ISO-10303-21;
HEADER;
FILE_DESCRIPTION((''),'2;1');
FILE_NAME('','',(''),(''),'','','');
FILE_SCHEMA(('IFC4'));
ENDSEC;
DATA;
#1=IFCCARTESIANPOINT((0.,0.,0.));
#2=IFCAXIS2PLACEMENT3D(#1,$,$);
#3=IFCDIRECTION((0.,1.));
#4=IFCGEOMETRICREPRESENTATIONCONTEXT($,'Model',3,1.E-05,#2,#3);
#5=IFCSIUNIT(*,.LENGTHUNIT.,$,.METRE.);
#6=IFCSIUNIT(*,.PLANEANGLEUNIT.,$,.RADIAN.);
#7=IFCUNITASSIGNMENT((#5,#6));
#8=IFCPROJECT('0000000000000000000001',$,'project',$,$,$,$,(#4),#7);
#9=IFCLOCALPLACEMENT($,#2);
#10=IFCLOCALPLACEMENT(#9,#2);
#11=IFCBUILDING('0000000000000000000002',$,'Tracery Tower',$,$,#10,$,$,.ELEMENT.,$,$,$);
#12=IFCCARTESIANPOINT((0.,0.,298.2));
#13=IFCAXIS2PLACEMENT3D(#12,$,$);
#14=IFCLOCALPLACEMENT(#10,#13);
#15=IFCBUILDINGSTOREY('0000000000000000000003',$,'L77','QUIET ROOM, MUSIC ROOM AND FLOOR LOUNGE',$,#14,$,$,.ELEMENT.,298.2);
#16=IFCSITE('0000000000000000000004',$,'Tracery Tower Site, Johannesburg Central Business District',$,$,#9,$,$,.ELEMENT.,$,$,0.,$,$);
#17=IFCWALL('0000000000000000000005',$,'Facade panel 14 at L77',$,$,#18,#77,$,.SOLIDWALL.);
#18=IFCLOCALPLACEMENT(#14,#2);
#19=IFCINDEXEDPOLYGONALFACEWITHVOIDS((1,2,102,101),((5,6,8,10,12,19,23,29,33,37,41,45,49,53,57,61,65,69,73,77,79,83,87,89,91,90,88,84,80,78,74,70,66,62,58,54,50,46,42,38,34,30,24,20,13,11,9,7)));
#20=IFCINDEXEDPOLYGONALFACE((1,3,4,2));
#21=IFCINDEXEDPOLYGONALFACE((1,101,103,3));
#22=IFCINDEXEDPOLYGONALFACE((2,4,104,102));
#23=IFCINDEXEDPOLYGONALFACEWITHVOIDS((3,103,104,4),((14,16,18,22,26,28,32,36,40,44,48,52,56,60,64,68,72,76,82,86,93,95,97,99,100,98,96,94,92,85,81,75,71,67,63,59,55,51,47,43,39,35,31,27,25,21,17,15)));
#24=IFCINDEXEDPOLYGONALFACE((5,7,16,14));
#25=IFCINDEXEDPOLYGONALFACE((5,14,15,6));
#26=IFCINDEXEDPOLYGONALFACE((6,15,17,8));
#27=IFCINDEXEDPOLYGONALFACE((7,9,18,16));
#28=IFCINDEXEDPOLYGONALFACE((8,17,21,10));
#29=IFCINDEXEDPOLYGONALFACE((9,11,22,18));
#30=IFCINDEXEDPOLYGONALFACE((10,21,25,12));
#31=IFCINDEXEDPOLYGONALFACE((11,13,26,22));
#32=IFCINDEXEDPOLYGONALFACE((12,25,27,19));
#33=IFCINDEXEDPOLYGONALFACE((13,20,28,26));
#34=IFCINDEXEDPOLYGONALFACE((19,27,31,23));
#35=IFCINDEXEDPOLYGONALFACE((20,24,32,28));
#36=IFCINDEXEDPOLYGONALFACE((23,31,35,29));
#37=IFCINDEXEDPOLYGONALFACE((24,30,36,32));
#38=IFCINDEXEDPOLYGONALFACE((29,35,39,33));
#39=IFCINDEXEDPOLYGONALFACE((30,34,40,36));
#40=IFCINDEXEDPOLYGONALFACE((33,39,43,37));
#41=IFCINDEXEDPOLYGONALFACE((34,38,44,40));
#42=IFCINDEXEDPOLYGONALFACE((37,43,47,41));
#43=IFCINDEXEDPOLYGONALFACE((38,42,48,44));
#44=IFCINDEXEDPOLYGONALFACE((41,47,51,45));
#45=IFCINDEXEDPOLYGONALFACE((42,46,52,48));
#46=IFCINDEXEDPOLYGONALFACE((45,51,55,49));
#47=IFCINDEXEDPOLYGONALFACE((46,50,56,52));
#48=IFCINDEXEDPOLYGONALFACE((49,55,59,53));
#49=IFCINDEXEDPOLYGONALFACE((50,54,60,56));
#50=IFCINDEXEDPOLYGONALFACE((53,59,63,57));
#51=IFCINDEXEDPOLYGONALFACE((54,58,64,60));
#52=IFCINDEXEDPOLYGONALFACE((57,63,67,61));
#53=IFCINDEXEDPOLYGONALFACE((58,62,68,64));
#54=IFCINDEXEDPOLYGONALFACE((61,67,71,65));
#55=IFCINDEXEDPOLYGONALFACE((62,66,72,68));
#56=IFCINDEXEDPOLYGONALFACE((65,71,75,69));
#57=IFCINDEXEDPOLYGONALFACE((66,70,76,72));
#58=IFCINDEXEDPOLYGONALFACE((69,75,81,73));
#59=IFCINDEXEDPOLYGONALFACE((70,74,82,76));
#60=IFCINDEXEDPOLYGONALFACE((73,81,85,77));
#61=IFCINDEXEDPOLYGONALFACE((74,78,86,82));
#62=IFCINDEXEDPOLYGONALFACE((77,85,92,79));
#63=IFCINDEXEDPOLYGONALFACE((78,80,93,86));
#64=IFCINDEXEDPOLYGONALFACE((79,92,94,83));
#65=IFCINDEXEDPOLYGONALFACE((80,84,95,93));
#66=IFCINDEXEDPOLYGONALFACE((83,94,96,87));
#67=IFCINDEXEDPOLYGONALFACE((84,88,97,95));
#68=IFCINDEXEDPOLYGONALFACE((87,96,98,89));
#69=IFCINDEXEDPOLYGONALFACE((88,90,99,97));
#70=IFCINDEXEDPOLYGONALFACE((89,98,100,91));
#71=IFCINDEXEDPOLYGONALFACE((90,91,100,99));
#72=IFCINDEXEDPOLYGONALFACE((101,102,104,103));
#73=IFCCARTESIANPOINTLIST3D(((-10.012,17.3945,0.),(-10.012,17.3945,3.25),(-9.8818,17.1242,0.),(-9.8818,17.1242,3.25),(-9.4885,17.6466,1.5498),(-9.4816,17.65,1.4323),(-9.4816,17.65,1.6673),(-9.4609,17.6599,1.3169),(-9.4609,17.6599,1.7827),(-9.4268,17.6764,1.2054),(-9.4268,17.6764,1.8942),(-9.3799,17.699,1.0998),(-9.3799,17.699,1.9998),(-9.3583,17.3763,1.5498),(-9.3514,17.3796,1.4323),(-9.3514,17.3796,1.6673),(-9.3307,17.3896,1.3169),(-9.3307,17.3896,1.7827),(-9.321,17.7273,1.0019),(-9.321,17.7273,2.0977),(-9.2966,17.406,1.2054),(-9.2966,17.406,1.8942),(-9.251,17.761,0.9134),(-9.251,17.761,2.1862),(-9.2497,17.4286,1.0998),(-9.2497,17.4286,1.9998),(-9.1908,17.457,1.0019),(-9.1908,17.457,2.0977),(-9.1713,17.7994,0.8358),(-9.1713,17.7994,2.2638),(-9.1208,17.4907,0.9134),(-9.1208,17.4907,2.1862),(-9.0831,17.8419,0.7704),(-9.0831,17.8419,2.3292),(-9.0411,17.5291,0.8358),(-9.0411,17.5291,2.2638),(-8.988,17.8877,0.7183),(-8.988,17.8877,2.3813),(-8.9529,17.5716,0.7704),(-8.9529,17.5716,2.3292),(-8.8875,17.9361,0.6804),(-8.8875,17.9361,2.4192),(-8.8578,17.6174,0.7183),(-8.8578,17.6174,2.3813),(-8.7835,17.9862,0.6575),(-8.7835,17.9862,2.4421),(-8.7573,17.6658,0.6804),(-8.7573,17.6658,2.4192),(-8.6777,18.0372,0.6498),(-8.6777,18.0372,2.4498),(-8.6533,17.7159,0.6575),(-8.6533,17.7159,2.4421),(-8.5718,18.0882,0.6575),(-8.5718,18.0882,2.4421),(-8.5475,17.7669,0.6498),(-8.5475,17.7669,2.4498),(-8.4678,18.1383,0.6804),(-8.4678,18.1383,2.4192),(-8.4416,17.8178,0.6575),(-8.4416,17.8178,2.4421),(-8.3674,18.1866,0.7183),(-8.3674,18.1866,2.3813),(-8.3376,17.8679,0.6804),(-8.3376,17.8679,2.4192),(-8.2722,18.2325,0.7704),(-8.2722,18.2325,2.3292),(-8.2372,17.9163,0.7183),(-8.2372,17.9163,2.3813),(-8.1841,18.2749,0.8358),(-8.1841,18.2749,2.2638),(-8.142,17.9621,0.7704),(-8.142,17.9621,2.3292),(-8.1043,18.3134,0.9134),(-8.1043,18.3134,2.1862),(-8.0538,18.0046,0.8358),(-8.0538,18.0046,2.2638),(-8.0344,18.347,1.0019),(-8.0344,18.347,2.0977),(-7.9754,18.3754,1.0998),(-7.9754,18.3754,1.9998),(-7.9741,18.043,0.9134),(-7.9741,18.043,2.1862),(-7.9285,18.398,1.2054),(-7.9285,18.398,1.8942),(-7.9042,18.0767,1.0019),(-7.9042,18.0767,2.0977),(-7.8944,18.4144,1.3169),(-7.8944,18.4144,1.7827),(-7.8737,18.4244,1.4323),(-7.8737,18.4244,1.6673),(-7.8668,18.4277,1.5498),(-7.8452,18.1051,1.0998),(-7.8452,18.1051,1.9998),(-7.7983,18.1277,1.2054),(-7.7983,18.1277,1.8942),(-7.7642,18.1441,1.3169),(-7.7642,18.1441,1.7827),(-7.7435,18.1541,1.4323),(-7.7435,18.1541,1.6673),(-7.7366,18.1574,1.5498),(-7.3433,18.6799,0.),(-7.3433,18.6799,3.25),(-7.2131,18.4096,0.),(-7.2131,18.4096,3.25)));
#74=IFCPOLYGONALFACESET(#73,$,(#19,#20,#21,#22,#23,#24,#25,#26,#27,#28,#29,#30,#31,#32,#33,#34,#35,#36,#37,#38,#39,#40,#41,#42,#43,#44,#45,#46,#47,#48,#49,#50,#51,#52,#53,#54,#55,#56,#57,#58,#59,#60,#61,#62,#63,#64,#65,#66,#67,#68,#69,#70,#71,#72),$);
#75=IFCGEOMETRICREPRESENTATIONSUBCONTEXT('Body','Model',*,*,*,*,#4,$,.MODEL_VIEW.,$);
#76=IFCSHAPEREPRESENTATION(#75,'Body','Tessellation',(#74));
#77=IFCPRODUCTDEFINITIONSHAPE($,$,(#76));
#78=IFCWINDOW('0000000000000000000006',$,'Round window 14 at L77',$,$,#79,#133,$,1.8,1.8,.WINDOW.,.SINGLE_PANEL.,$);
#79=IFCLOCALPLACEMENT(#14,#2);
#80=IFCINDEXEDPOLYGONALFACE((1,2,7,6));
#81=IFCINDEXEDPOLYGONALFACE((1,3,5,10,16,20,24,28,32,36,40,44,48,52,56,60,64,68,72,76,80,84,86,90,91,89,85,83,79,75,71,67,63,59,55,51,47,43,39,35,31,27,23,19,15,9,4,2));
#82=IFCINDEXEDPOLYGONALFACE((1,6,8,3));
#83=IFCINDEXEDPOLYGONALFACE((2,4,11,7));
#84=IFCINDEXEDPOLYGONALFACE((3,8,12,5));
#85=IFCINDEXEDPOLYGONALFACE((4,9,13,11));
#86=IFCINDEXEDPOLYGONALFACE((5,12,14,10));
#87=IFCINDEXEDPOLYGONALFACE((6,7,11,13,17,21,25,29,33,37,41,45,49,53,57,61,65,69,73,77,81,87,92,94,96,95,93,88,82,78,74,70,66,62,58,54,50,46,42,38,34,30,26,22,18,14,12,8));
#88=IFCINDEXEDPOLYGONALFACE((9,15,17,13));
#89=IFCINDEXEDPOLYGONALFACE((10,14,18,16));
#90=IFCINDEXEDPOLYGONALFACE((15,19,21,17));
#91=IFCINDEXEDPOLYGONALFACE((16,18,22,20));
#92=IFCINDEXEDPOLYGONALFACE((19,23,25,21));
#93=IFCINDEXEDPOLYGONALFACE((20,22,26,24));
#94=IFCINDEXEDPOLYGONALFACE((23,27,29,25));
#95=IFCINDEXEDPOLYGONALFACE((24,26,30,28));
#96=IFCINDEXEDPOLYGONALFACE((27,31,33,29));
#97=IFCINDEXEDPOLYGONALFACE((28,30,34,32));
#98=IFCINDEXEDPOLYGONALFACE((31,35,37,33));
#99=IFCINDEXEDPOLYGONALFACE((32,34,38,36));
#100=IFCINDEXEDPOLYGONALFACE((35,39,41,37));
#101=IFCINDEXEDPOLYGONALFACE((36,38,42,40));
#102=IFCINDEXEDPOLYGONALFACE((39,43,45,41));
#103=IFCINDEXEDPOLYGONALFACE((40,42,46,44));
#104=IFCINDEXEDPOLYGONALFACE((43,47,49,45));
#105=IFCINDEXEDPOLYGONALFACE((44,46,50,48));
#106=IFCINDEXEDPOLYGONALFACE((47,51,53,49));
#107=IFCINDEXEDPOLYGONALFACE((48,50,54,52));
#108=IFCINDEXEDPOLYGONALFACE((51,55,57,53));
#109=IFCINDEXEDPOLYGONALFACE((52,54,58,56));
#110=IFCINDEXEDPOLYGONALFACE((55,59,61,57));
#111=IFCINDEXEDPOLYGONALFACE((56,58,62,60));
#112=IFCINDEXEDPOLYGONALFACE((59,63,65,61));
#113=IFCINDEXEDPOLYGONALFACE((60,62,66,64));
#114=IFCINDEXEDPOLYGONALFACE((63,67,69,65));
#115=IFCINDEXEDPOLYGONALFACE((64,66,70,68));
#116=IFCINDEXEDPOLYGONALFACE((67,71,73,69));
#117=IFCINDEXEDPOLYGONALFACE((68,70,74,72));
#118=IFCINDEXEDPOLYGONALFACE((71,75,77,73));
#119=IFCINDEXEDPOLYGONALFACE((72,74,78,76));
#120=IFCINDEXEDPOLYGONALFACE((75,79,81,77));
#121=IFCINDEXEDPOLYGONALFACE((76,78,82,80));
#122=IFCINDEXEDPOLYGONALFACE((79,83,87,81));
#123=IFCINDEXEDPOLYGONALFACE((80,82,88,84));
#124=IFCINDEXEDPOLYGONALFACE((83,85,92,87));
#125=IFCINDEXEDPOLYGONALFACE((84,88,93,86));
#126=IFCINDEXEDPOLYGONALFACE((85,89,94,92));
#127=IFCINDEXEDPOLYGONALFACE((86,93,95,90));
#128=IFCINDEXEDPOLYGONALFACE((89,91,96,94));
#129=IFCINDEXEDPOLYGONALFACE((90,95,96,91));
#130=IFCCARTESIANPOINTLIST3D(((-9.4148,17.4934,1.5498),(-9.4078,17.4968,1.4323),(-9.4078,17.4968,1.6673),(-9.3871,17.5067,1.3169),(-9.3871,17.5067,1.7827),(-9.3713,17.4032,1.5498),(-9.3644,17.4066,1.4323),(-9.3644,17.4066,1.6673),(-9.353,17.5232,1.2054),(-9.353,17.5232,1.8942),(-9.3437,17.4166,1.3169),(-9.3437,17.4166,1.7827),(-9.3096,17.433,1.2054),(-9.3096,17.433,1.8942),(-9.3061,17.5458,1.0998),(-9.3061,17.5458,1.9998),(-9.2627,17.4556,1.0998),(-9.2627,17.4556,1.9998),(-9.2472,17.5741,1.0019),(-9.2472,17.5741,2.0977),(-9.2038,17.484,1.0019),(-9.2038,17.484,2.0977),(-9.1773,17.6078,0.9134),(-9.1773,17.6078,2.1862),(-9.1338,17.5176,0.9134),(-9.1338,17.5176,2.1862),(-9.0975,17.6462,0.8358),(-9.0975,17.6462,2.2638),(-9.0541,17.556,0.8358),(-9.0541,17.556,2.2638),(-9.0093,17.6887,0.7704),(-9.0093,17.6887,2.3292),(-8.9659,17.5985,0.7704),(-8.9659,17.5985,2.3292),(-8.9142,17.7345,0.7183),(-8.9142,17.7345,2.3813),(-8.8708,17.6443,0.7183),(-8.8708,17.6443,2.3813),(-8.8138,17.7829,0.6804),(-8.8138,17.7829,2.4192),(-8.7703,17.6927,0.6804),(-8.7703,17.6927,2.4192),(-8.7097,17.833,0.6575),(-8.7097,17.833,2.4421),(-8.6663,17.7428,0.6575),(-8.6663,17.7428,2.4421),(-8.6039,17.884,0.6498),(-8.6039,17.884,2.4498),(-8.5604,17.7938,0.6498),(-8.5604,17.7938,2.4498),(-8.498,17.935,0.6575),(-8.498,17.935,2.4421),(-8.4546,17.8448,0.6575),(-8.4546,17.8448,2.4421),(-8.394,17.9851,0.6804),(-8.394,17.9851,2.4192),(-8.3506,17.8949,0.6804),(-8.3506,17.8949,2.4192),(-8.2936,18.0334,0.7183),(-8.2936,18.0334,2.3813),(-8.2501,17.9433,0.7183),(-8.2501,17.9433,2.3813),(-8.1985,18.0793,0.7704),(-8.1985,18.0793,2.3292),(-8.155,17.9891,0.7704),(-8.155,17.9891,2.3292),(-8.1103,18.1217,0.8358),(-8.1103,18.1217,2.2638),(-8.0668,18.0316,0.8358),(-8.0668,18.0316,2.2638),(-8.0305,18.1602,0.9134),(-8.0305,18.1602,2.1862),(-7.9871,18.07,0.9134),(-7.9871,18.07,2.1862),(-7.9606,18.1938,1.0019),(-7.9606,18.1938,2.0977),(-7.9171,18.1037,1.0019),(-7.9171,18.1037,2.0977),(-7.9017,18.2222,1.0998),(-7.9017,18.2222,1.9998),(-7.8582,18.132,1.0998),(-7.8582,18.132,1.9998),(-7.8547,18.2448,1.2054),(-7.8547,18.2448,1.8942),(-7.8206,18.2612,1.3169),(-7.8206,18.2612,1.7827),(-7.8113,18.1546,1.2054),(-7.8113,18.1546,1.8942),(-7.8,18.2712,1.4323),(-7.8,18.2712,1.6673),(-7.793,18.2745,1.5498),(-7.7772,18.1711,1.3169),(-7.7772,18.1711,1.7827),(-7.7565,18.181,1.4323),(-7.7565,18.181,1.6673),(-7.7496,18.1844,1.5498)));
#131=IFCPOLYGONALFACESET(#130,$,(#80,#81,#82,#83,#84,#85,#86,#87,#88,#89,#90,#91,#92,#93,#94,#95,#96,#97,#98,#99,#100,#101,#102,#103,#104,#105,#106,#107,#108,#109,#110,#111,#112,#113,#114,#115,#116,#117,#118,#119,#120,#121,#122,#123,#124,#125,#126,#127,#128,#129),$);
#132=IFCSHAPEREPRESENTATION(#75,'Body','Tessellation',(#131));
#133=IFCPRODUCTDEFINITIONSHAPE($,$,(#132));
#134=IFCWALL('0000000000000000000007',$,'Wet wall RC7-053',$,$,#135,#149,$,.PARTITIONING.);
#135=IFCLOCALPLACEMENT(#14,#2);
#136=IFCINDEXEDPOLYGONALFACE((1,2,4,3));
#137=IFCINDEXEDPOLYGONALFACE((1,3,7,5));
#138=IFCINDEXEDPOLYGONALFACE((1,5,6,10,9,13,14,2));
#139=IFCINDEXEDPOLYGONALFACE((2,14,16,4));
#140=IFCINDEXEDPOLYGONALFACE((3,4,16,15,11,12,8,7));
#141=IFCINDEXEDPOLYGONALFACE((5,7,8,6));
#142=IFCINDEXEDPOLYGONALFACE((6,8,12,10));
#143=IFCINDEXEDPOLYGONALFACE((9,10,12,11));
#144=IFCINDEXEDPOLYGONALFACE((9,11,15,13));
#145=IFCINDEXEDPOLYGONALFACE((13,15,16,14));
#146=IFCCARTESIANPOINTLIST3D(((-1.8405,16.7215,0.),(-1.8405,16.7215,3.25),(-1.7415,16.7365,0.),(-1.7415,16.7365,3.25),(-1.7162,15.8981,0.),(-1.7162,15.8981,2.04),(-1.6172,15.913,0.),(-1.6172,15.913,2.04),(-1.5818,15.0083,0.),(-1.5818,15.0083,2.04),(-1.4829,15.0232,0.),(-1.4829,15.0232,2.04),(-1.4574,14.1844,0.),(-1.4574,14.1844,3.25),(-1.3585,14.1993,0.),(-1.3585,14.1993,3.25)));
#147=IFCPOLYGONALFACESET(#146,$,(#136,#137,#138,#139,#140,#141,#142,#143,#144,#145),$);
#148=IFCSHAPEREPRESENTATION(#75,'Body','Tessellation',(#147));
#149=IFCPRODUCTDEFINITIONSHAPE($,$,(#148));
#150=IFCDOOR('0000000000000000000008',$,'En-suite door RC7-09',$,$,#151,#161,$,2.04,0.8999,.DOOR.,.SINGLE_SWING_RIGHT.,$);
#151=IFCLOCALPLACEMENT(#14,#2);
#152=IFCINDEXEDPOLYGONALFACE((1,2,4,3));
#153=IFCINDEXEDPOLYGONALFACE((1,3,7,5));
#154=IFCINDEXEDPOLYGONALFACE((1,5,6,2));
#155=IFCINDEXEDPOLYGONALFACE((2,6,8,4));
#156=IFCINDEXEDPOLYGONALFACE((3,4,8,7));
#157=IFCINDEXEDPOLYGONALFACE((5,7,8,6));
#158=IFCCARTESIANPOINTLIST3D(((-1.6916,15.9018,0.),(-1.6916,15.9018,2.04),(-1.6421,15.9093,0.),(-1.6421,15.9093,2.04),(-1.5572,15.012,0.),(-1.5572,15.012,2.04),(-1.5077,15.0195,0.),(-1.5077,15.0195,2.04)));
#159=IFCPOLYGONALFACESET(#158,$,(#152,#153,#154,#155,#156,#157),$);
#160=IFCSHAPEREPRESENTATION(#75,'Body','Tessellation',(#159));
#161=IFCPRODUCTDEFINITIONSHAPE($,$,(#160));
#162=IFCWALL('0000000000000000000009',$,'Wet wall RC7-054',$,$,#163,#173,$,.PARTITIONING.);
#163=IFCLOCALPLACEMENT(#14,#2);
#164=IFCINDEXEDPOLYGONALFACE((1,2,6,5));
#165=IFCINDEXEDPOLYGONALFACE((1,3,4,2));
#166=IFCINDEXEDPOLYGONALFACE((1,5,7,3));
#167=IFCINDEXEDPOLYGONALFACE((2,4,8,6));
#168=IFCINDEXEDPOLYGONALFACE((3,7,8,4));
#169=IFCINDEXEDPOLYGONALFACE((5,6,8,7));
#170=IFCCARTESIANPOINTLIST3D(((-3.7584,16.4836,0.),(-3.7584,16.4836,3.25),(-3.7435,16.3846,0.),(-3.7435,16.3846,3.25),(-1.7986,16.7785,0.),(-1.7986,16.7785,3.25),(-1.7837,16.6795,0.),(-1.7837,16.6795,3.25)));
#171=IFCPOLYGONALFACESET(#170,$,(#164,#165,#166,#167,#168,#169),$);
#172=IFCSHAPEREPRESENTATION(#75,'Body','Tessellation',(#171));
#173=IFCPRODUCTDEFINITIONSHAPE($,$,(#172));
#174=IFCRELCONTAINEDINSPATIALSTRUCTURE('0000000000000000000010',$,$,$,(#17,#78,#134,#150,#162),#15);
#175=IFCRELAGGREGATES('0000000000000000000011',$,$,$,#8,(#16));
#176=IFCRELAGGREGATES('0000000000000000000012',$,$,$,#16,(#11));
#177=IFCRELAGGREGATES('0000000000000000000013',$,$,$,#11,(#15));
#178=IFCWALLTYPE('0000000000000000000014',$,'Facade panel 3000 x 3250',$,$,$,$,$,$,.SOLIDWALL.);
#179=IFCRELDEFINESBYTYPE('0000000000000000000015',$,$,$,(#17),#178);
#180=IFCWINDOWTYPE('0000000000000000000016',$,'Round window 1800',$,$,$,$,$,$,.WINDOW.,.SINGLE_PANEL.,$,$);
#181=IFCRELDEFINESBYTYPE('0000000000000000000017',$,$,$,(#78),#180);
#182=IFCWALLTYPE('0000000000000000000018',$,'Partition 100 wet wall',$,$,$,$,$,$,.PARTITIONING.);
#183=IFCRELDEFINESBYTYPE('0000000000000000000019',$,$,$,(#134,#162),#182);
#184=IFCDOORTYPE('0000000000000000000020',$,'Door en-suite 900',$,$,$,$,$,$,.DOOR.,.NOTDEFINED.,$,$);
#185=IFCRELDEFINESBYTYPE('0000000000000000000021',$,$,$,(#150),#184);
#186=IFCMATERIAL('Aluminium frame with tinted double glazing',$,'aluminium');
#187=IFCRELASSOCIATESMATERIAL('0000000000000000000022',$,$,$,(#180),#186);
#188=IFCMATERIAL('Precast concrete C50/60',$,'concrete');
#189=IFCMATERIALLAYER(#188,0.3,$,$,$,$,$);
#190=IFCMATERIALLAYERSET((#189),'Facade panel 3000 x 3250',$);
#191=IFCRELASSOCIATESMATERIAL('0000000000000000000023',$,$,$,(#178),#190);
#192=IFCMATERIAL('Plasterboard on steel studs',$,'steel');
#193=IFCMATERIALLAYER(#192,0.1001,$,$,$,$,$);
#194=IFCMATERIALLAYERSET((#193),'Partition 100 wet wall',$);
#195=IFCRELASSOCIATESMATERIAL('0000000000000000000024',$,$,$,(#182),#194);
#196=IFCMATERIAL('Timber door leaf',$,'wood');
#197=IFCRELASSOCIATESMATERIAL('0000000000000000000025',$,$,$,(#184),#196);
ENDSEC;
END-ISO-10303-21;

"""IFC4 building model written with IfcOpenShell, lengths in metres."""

from ifc_helpers import new_model, si_unit, direction, frame, frame_2d, origin, origin_2d, place, context, subcontext, project, spatial, rectangle, circle, extrude, material, layer, layer_set, type_object, element, fill, save


model = new_model("IFC4")

# Units and contexts
model_context = context("Model", 3, precision=1e-05, world=origin(), true_north=direction((0.0, 1.0)))
body_context = subcontext(model_context, "Body", "Model", "MODEL_VIEW")
ifc_project = project(units=[si_unit("LENGTHUNIT", "METRE"), si_unit("PLANEANGLEUNIT", "RADIAN")], contexts=[model_context])

# Site, building, storey
site_placement = place(None, origin())
site = spatial("IfcSite", under=ifc_project, at=site_placement, Name="Tracery Tower Site, Johannesburg Central Business District", CompositionType="ELEMENT", RefElevation=0.0)
building_placement = place(site_placement, origin())
building = spatial("IfcBuilding", under=site, at=building_placement, Name="Tracery Tower", CompositionType="ELEMENT")
storey_placement = place(building_placement, frame((0.0, 0.0, 298.2)))
storey = spatial("IfcBuildingStorey", under=building, at=storey_placement, Name="L77", Description="QUIET ROOM, MUSIC ROOM AND FLOOR LOUNGE", CompositionType="ELEMENT", Elevation=298.2)

# Wall, opening, window
ifc_material_1 = material(Name="Aluminium frame with tinted double glazing", Category="aluminium")
window_type = type_object("IfcWindowType", Name="Round window 1800", PartitioningType="SINGLE_PANEL", PredefinedType="WINDOW", material=ifc_material_1)
ifc_material_2 = material(Name="Precast concrete C50/60", Category="concrete")
ifc_layer_1 = layer(ifc_material_2, 0.3)
ifc_layer_set_1 = layer_set([ifc_layer_1], Name="Facade panel 3000 x 3250")
wall_type_1 = type_object("IfcWallType", Name="Facade panel 3000 x 3250", PredefinedType="SOLIDWALL", material=ifc_layer_set_1)
wall_1_placement = place(storey_placement, frame((-7.2783, 18.5447, 0.0), z_axis=(0.0, 0.0, 1.0), x_axis=(-0.90094, -0.433944, 0.0)))
wall_1 = element("IfcWall", 1, at=wall_1_placement, inside=storey, type_object=wall_type_1, Name="Facade panel 14 at L77", PredefinedType="SOLIDWALL", context=body_context, shape_type="SweptSolid", body=[
    extrude(rectangle(XDim=2.9622, YDim=0.3, at=frame_2d((1.481, 0.0))), origin(), (0.0, 0.0, 1.0), 3.25),
])
opening_1_placement = place(wall_1_placement, frame((1.481, 0.0, 1.5498)))
opening_1 = element("IfcOpeningElement", 2, at=opening_1_placement, cuts=wall_1, PredefinedType="OPENING", context=body_context, shape_type="SweptSolid", body=[
    extrude(circle(Radius=0.9, at=origin_2d()), frame((0.0, 0.1599, 0.0), z_axis=(0.0, -1.0, 0.0), x_axis=(1.0, 0.0, 0.0)), (0.0, 0.0, 1.0), 0.3201),
])
window_1_placement = place(opening_1_placement, origin())
window_1 = element("IfcWindow", 3, at=window_1_placement, inside=storey, type_object=window_type, Name="Round window 14 at L77", OverallHeight=1.8, OverallWidth=1.8, PartitioningType="SINGLE_PANEL", PredefinedType="WINDOW", context=body_context, shape_type="SweptSolid", body=[
    extrude(circle(Radius=0.9, at=origin_2d()), frame((0.0, 0.1201, 0.0), z_axis=(0.0, -1.0, 0.0), x_axis=(1.0, 0.0, 0.0)), (0.0, 0.0, 1.0), 0.1001),
])
fill(opening_1, window_1)

# Wall, opening, door
ifc_material_3 = material(Name="Plasterboard on steel studs", Category="steel")
ifc_layer_2 = layer(ifc_material_3, 0.1001)
ifc_layer_set_2 = layer_set([ifc_layer_2], Name="Partition 100 wet wall")
wall_type_2 = type_object("IfcWallType", Name="Partition 100 wet wall", PredefinedType="PARTITIONING", material=ifc_layer_set_2)
wall_2_placement = place(storey_placement, frame((-1.791, 16.729, 0.0), z_axis=(0.0, 0.0, 1.0), x_axis=(0.14929, -0.988794, 0.0)))
wall_2 = element("IfcWall", 4, at=wall_2_placement, inside=storey, type_object=wall_type_2, Name="Wet wall RC7-053", PredefinedType="PARTITIONING", context=body_context, shape_type="SweptSolid", body=[
    extrude(rectangle(XDim=2.5659, YDim=0.1001, at=frame_2d((1.283, 0.0))), origin(), (0.0, 0.0, 1.0), 3.25),
])
opening_2_placement = place(wall_2_placement, frame((0.8328, 0.0, 0.0)))
opening_2 = element("IfcOpeningElement", 5, at=opening_2_placement, cuts=wall_2, PredefinedType="OPENING", context=body_context, shape_type="SweptSolid", body=[
    extrude(rectangle(XDim=0.8999, YDim=2.04, at=frame_2d((0.45, 1.02))), frame((0.0, 0.05, 0.0), z_axis=(0.0, -1.0, 0.0), x_axis=(1.0, 0.0, 0.0)), (0.0, 0.0, 1.0), 0.1001),
])
ifc_material_4 = material(Name="Timber door leaf", Category="wood")
door_type_1 = type_object("IfcDoorType", Name="Door en-suite 900", OperationType="NOTDEFINED", PredefinedType="DOOR", material=ifc_material_4)
door_1_placement = place(opening_2_placement, origin())
door_1 = element("IfcDoor", 6, at=door_1_placement, inside=storey, type_object=door_type_1, Name="En-suite door RC7-09", OperationType="SINGLE_SWING_RIGHT", OverallHeight=2.04, OverallWidth=0.8999, PredefinedType="DOOR", context=body_context, shape_type="SweptSolid", body=[
    extrude(rectangle(XDim=0.8999, YDim=2.04, at=frame_2d((0.45, 1.02))), frame((0.0, 0.0249, 0.0), z_axis=(0.0, -1.0, 0.0), x_axis=(1.0, 0.0, 0.0)), (0.0, 0.0, 1.0), 0.05),
])
fill(opening_2, door_1)

# Wall
wall_3_placement = place(storey_placement, frame((-3.751, 16.4341, 0.0), z_axis=(0.0, 0.0, 1.0), x_axis=(0.988868, 0.148798, 0.0)))
element("IfcWall", 7, at=wall_3_placement, inside=storey, type_object=wall_type_2, Name="Wet wall RC7-054", PredefinedType="PARTITIONING", context=body_context, shape_type="SweptSolid", body=[
    extrude(rectangle(XDim=1.9819, YDim=0.1001, at=frame_2d((0.991, 0.0))), origin(), (0.0, 0.0, 1.0), 3.25),
])

save(model, "model.ifc")
